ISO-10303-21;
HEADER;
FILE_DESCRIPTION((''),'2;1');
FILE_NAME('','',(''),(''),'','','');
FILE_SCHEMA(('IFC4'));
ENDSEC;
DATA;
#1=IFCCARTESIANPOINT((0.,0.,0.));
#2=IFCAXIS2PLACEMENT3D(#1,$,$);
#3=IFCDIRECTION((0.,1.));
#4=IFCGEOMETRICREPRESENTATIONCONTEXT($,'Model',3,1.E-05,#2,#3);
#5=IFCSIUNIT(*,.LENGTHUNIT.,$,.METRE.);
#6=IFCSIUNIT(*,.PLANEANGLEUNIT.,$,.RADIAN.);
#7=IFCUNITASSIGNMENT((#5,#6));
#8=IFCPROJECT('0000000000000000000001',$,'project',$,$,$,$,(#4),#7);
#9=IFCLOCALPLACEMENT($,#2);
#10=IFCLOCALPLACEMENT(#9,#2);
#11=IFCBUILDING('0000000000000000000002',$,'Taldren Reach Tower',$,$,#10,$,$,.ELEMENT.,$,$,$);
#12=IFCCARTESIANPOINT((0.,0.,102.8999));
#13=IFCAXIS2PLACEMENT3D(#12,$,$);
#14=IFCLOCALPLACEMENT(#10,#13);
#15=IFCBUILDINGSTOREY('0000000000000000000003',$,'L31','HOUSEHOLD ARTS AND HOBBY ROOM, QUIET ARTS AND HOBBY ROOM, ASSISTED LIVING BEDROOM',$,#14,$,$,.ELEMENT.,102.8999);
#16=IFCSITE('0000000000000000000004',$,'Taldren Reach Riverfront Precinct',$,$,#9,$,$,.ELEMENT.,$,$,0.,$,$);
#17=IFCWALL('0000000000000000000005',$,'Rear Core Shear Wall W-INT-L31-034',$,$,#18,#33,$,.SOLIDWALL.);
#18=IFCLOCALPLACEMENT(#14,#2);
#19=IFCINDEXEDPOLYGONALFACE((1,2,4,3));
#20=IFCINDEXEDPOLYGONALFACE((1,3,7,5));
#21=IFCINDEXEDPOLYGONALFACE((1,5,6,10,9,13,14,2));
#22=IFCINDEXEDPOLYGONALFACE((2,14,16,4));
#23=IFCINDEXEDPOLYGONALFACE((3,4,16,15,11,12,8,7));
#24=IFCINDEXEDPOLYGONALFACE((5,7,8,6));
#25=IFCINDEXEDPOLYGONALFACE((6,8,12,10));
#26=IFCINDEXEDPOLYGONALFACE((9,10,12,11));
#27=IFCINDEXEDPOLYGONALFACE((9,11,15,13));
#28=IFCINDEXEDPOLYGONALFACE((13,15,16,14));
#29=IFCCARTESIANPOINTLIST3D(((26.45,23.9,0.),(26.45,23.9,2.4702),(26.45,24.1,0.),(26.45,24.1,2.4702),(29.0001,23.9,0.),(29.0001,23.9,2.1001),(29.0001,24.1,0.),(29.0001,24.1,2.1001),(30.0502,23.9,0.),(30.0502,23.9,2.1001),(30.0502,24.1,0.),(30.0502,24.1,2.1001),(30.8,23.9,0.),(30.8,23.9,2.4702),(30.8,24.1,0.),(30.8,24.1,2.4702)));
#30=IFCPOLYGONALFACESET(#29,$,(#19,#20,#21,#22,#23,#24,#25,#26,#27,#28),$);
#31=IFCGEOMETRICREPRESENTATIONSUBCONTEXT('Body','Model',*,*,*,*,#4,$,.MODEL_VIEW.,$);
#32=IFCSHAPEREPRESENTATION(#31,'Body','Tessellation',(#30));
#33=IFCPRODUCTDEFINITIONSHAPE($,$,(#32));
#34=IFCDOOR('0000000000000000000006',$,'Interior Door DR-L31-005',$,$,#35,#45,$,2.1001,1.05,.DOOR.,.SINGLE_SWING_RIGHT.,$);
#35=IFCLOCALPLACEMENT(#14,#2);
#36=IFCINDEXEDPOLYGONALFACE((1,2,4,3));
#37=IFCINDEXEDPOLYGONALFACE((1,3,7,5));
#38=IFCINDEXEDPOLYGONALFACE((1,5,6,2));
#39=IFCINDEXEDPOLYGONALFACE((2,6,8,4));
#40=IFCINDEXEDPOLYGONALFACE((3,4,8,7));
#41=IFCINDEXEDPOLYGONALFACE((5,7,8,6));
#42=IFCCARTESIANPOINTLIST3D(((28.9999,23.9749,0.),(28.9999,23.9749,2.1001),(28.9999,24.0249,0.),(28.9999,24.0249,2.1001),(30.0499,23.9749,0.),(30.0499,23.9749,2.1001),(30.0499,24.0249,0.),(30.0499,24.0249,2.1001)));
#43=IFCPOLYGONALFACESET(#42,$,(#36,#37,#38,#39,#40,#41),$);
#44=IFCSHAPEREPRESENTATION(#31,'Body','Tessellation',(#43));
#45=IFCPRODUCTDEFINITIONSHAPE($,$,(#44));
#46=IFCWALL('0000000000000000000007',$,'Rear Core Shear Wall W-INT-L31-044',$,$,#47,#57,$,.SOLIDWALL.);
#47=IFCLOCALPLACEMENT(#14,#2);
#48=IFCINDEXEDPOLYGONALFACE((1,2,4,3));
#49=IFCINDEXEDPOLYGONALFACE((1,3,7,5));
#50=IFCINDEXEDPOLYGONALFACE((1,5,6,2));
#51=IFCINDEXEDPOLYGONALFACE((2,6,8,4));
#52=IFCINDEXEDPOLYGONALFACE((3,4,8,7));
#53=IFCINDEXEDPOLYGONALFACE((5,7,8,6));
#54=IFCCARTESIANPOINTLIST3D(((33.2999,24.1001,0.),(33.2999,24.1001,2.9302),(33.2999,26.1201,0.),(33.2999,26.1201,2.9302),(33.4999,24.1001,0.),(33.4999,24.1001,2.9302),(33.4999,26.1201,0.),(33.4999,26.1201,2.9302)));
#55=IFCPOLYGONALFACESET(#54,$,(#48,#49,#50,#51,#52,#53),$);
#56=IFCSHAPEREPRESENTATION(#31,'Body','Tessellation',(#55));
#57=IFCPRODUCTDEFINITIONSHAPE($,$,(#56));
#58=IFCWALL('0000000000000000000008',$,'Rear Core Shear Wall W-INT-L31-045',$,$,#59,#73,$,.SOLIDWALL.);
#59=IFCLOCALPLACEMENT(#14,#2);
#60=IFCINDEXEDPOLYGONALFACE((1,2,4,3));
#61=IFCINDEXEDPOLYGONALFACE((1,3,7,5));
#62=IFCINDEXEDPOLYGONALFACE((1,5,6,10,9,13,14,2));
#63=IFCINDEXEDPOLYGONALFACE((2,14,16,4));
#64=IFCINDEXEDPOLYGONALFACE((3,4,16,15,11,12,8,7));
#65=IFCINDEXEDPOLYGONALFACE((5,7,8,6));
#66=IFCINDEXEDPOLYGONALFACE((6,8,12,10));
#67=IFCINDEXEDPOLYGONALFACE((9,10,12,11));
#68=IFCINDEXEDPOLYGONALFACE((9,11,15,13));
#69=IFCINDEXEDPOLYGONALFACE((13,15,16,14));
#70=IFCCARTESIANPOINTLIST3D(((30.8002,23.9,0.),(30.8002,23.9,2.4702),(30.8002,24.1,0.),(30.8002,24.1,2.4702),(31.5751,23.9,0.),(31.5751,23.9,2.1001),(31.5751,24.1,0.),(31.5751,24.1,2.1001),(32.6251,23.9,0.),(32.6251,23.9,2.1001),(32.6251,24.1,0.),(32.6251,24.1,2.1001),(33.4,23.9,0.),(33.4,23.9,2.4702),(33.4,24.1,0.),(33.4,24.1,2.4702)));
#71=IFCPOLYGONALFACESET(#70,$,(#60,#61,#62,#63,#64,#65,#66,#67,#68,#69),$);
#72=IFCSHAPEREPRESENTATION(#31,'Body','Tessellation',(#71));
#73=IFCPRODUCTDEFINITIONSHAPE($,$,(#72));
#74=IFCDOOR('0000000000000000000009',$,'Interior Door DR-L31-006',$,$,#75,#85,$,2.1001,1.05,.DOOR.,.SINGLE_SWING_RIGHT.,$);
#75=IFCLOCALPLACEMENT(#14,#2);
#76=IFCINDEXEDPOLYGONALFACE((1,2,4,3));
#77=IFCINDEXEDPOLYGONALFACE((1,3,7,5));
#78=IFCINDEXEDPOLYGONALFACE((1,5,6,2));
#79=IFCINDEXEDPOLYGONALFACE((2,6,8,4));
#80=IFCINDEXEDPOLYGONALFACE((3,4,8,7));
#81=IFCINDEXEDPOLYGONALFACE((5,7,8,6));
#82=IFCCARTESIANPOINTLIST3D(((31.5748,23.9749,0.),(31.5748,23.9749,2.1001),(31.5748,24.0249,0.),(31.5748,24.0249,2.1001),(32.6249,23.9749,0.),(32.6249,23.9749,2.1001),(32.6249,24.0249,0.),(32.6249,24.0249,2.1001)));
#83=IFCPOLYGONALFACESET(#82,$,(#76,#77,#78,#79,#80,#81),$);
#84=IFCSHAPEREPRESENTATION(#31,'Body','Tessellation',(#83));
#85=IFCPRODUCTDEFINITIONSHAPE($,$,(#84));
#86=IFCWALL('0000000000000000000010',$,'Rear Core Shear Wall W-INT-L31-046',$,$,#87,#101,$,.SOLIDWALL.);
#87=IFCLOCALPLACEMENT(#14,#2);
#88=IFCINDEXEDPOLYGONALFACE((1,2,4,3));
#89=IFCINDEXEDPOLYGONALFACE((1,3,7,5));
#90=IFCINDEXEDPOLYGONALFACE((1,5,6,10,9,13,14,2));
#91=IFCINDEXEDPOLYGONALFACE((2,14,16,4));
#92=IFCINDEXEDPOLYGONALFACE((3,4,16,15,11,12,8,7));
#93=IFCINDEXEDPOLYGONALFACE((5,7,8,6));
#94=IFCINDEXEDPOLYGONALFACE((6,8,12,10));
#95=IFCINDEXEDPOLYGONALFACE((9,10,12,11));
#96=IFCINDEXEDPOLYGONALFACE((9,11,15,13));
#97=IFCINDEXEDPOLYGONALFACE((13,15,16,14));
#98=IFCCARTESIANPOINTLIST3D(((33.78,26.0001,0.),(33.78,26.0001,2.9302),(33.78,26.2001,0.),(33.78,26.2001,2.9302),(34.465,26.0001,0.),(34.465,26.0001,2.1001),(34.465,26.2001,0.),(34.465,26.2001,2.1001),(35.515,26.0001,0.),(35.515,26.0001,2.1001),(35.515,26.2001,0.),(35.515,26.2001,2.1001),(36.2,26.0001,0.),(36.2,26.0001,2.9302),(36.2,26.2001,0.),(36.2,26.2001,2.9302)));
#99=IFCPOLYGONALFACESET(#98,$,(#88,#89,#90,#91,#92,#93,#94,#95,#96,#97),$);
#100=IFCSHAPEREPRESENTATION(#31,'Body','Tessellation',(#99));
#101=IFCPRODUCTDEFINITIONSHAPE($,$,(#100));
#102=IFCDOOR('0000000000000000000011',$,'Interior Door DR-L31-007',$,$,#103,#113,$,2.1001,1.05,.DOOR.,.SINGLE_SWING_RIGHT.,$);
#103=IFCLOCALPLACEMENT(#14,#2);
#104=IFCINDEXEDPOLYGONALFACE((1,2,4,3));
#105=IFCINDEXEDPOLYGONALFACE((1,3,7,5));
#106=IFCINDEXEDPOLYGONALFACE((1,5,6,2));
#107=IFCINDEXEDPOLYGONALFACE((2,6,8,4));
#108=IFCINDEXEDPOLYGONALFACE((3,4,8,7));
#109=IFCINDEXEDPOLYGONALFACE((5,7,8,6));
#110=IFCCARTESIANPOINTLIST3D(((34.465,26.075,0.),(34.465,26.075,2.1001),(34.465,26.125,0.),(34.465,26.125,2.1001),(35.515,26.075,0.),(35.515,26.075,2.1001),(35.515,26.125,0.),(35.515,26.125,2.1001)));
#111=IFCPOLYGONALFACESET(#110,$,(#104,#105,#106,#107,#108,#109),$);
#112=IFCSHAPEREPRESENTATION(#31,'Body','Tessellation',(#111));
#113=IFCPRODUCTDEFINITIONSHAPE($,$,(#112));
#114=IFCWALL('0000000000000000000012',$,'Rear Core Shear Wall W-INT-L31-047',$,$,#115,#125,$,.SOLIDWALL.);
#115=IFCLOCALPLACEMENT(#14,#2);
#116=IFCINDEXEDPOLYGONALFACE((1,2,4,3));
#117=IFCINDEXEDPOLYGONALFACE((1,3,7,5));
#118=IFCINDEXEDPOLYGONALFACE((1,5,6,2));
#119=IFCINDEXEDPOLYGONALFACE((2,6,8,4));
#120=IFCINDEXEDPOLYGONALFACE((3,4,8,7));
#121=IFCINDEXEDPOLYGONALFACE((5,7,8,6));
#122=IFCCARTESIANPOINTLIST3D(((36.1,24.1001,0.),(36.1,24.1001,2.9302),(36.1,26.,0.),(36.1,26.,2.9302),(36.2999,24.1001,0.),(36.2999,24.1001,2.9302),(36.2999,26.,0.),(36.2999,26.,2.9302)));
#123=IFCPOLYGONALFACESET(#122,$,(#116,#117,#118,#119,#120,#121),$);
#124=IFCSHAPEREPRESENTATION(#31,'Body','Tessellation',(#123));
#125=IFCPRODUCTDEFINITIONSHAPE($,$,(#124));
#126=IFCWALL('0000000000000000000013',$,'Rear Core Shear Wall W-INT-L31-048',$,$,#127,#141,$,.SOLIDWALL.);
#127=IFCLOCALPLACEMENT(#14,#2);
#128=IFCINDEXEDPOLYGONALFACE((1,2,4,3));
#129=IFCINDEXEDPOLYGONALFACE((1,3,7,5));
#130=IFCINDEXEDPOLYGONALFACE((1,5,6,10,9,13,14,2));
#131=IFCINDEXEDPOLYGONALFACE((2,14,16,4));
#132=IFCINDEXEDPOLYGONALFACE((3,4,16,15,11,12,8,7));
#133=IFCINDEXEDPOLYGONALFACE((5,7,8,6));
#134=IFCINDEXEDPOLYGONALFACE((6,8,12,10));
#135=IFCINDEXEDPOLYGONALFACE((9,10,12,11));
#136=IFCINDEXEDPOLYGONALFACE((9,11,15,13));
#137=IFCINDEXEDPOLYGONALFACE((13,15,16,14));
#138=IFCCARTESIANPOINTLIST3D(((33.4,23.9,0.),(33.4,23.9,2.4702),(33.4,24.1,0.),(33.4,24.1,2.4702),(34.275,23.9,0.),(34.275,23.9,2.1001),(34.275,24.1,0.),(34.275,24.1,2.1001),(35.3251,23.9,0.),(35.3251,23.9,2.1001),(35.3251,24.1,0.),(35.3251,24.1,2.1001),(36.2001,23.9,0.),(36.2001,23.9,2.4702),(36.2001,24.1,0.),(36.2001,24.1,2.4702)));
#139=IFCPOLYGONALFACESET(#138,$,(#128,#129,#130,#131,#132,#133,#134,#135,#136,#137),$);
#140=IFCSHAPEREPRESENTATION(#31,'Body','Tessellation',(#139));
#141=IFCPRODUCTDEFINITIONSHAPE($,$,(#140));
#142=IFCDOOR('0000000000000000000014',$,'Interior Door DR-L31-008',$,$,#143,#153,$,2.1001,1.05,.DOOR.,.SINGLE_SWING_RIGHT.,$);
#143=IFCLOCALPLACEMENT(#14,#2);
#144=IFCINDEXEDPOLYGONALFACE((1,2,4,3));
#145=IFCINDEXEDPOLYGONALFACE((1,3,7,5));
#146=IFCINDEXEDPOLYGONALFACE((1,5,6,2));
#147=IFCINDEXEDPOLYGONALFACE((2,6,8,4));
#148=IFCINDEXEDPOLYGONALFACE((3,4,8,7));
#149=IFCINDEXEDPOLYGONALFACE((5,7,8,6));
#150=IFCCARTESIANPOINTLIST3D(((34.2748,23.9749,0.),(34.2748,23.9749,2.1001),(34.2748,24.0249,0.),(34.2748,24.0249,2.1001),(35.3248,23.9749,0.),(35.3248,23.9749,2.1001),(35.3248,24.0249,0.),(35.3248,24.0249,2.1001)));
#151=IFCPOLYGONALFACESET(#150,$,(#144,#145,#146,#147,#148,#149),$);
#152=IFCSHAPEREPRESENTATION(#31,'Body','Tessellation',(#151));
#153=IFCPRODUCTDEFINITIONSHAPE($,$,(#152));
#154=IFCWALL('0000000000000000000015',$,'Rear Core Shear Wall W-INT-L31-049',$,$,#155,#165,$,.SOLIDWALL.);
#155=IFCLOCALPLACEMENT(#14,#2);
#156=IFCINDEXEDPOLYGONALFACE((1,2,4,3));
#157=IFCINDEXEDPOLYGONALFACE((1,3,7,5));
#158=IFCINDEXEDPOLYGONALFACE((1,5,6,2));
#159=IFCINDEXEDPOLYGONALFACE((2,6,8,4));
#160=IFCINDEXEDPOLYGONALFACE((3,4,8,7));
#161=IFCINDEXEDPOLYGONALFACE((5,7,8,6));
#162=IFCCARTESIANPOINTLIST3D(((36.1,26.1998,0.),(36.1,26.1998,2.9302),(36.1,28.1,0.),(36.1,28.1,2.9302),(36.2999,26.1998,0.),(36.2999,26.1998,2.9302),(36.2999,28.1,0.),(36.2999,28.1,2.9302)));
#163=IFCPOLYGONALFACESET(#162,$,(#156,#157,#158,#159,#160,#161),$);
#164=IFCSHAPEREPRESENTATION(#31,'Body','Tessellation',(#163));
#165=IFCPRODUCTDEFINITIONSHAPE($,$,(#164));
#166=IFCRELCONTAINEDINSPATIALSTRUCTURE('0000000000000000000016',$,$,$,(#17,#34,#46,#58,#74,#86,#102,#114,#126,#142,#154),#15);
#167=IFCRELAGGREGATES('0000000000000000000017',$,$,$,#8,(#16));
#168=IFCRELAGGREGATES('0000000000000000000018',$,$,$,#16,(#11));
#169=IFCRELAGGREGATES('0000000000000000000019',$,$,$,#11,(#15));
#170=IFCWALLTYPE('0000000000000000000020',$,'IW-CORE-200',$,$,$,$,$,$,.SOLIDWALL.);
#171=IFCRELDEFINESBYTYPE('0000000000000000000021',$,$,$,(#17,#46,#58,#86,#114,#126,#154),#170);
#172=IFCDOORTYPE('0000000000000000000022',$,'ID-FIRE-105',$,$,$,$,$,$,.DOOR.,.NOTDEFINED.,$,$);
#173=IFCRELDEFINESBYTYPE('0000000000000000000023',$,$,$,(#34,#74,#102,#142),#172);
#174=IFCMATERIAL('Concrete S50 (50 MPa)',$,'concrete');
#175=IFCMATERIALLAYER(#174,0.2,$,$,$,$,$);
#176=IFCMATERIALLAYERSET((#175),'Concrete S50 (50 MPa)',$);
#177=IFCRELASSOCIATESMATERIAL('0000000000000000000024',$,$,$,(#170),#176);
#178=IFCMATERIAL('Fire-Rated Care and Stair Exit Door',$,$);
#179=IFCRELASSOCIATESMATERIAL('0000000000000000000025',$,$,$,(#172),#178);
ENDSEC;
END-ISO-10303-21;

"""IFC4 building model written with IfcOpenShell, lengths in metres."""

from ifc_helpers import new_model, si_unit, direction, frame, frame_2d, origin, place, context, subcontext, project, spatial, rectangle, extrude, source, transform, mapped, material, layer, layer_set, type_object, element, fill, save


model = new_model("IFC4")

# Units and contexts
model_context = context("Model", 3, precision=1e-05, world=origin(), true_north=direction((0.0, 1.0)))
body_context = subcontext(model_context, "Body", "Model", "MODEL_VIEW")
ifc_project = project(units=[si_unit("LENGTHUNIT", "METRE"), si_unit("PLANEANGLEUNIT", "RADIAN")], contexts=[model_context])

# Site, building, storey
site_placement = place(None, origin())
site = spatial("IfcSite", under=ifc_project, at=site_placement, Name="Taldren Reach Riverfront Precinct", CompositionType="ELEMENT", RefElevation=0.0)
building_placement = place(site_placement, origin())
building = spatial("IfcBuilding", under=site, at=building_placement, Name="Taldren Reach Tower", CompositionType="ELEMENT")
storey_placement = place(building_placement, frame((0.0, 0.0, 102.8999)))
storey = spatial("IfcBuildingStorey", under=building, at=storey_placement, Name="L31", Description="HOUSEHOLD ARTS AND HOBBY ROOM, QUIET ARTS AND HOBBY ROOM, ASSISTED LIVING BEDROOM", CompositionType="ELEMENT", Elevation=102.8999)

# Wall, opening, door
ifc_material_1 = material(Name="Concrete S50 (50 MPa)", Category="concrete")
ifc_layer_1 = layer(ifc_material_1, 0.2)
ifc_layer_set_1 = layer_set([ifc_layer_1], Name="Concrete S50 (50 MPa)")
wall_type_1 = type_object("IfcWallType", Name="IW-CORE-200", PredefinedType="SOLIDWALL", material=ifc_layer_set_1)
shared_shape_1 = source(origin(), body_context, "Body", "SweptSolid", [
    extrude(rectangle(XDim=4.3501, YDim=0.2, at=frame_2d((2.175, 0.0))), origin(), (0.0, 0.0, 1.0), 2.4702),
])
wall_1_placement = place(storey_placement, frame((30.8, 24.0, 0.0), z_axis=(0.0, 0.0, 1.0), x_axis=(-1.0, 0.0, 0.0)))
wall_1 = element("IfcWall", 1, at=wall_1_placement, inside=storey, type_object=wall_type_1, Name="Rear Core Shear Wall W-INT-L31-034", PredefinedType="SOLIDWALL", context=body_context, shape_type="MappedRepresentation", body=[
    mapped(shared_shape_1, transform((0.0, 0.0, 0.0), scale=1.0)),
])
shared_shape_2 = source(origin(), body_context, "Body", "SweptSolid", [
    extrude(rectangle(XDim=1.05, YDim=2.1001, at=frame_2d((0.5249, 1.05))), frame((0.0, 0.1099, 0.0), z_axis=(0.0, -1.0, 0.0), x_axis=(1.0, 0.0, 0.0)), (0.0, 0.0, 1.0), 0.22),
])
opening_1_placement = place(wall_1_placement, frame((0.75, 0.0, 0.0)))
opening_1 = element("IfcOpeningElement", 2, at=opening_1_placement, cuts=wall_1, PredefinedType="OPENING", context=body_context, shape_type="MappedRepresentation", body=[
    mapped(shared_shape_2, transform((0.0, 0.0, 0.0), scale=1.0)),
])
ifc_material_2 = material(Name="Fire-Rated Care and Stair Exit Door")
door_type = type_object("IfcDoorType", Name="ID-FIRE-105", OperationType="NOTDEFINED", PredefinedType="DOOR", material=ifc_material_2)
shared_shape_3 = source(origin(), body_context, "Body", "SweptSolid", [
    extrude(rectangle(XDim=1.05, YDim=2.1001, at=frame_2d((0.5249, 1.05))), frame((0.0, 0.0249, 0.0), z_axis=(0.0, -1.0, 0.0), x_axis=(1.0, 0.0, 0.0)), (0.0, 0.0, 1.0), 0.05),
])
door_1_placement = place(opening_1_placement, frame((1.05, 0.0, 0.0), z_axis=(0.0, 0.0, 1.0), x_axis=(-1.0, 0.0, 0.0)))
door_1 = element("IfcDoor", 3, at=door_1_placement, inside=storey, type_object=door_type, Name="Interior Door DR-L31-005", OperationType="SINGLE_SWING_RIGHT", OverallHeight=2.1001, OverallWidth=1.05, PredefinedType="DOOR", context=body_context, shape_type="MappedRepresentation", body=[
    mapped(shared_shape_3, transform((0.0, 0.0, 0.0), scale=1.0)),
])
fill(opening_1, door_1)

# Wall
shared_shape_4 = source(origin(), body_context, "Body", "SweptSolid", [
    extrude(rectangle(XDim=2.02, YDim=0.2, at=frame_2d((1.01, 0.0))), origin(), (0.0, 0.0, 1.0), 2.9302),
])
wall_2_placement = place(storey_placement, frame((33.3999, 26.1201, 0.0), z_axis=(0.0, 0.0, 1.0), x_axis=(0.0, -1.0, 0.0)))
element("IfcWall", 4, at=wall_2_placement, inside=storey, type_object=wall_type_1, Name="Rear Core Shear Wall W-INT-L31-044", PredefinedType="SOLIDWALL", context=body_context, shape_type="MappedRepresentation", body=[
    mapped(shared_shape_4, transform((0.0, 0.0, 0.0), scale=1.0)),
])

# Walls, openings, doors
shared_shape_5 = source(origin(), body_context, "Body", "SweptSolid", [
    extrude(rectangle(XDim=2.5999, YDim=0.2, at=frame_2d((1.2998, 0.0))), origin(), (0.0, 0.0, 1.0), 2.4702),
])
wall_3_placement = place(storey_placement, frame((33.3999, 24.0, 0.0), z_axis=(0.0, 0.0, 1.0), x_axis=(-1.0, 0.0, 0.0)))
wall_3 = element("IfcWall", 5, at=wall_3_placement, inside=storey, type_object=wall_type_1, Name="Rear Core Shear Wall W-INT-L31-045", PredefinedType="SOLIDWALL", context=body_context, shape_type="MappedRepresentation", body=[
    mapped(shared_shape_5, transform((0.0, 0.0, 0.0), scale=1.0)),
])
opening_2_placement = place(wall_3_placement, frame((0.7749, 0.0, 0.0)))
opening_2 = element("IfcOpeningElement", 6, at=opening_2_placement, cuts=wall_3, PredefinedType="OPENING", context=body_context, shape_type="MappedRepresentation", body=[
    mapped(shared_shape_2, transform((0.0, 0.0, 0.0), scale=1.0)),
])
door_2_placement = place(opening_2_placement, frame((1.05, 0.0, 0.0), z_axis=(0.0, 0.0, 1.0), x_axis=(-1.0, 0.0, 0.0)))
door_2 = element("IfcDoor", 7, at=door_2_placement, inside=storey, type_object=door_type, Name="Interior Door DR-L31-006", OperationType="SINGLE_SWING_RIGHT", OverallHeight=2.1001, OverallWidth=1.05, PredefinedType="DOOR", context=body_context, shape_type="MappedRepresentation", body=[
    mapped(shared_shape_3, transform((0.0, 0.0, 0.0), scale=1.0)),
])
fill(opening_2, door_2)
shared_shape_6 = source(origin(), body_context, "Body", "SweptSolid", [
    extrude(rectangle(XDim=2.4199, YDim=0.2, at=frame_2d((1.21, 0.0))), origin(), (0.0, 0.0, 1.0), 2.9302),
])
wall_4_placement = place(storey_placement, frame((33.78, 26.1001, 0.0), z_axis=(0.0, 0.0, 1.0), x_axis=(1.0, 0.0, 0.0)))
wall_4 = element("IfcWall", 8, at=wall_4_placement, inside=storey, type_object=wall_type_1, Name="Rear Core Shear Wall W-INT-L31-046", PredefinedType="SOLIDWALL", context=body_context, shape_type="MappedRepresentation", body=[
    mapped(shared_shape_6, transform((0.0, 0.0, 0.0), scale=1.0)),
])
opening_3_placement = place(wall_4_placement, frame((0.6851, 0.0, 0.0)))
opening_3 = element("IfcOpeningElement", 9, at=opening_3_placement, cuts=wall_4, PredefinedType="OPENING", context=body_context, shape_type="MappedRepresentation", body=[
    mapped(shared_shape_2, transform((0.0, 0.0, 0.0), scale=1.0)),
])
door_3_placement = place(opening_3_placement, origin())
door_3 = element("IfcDoor", 10, at=door_3_placement, inside=storey, type_object=door_type, Name="Interior Door DR-L31-007", OperationType="SINGLE_SWING_RIGHT", OverallHeight=2.1001, OverallWidth=1.05, PredefinedType="DOOR", context=body_context, shape_type="MappedRepresentation", body=[
    mapped(shared_shape_3, transform((0.0, 0.0, 0.0), scale=1.0)),
])
fill(opening_3, door_3)

# Wall
shared_shape_7 = source(origin(), body_context, "Body", "SweptSolid", [
    extrude(rectangle(XDim=1.8999, YDim=0.2, at=frame_2d((0.95, 0.0))), origin(), (0.0, 0.0, 1.0), 2.9302),
])
wall_5_placement = place(storey_placement, frame((36.2, 26.0, 0.0), z_axis=(0.0, 0.0, 1.0), x_axis=(0.0, -1.0, 0.0)))
element("IfcWall", 11, at=wall_5_placement, inside=storey, type_object=wall_type_1, Name="Rear Core Shear Wall W-INT-L31-047", PredefinedType="SOLIDWALL", context=body_context, shape_type="MappedRepresentation", body=[
    mapped(shared_shape_7, transform((0.0, 0.0, 0.0), scale=1.0)),
])

# Wall, opening, door
shared_shape_8 = source(origin(), body_context, "Body", "SweptSolid", [
    extrude(rectangle(XDim=2.8, YDim=0.2, at=frame_2d((1.3999, 0.0))), origin(), (0.0, 0.0, 1.0), 2.4702),
])
wall_6_placement = place(storey_placement, frame((36.2, 24.0, 0.0), z_axis=(0.0, 0.0, 1.0), x_axis=(-1.0, 0.0, 0.0)))
wall_6 = element("IfcWall", 12, at=wall_6_placement, inside=storey, type_object=wall_type_1, Name="Rear Core Shear Wall W-INT-L31-048", PredefinedType="SOLIDWALL", context=body_context, shape_type="MappedRepresentation", body=[
    mapped(shared_shape_8, transform((0.0, 0.0, 0.0), scale=1.0)),
])
opening_4_placement = place(wall_6_placement, frame((0.875, 0.0, 0.0)))
opening_4 = element("IfcOpeningElement", 13, at=opening_4_placement, cuts=wall_6, PredefinedType="OPENING", context=body_context, shape_type="MappedRepresentation", body=[
    mapped(shared_shape_2, transform((0.0, 0.0, 0.0), scale=1.0)),
])
door_4_placement = place(opening_4_placement, frame((1.05, 0.0, 0.0), z_axis=(0.0, 0.0, 1.0), x_axis=(-1.0, 0.0, 0.0)))
door_4 = element("IfcDoor", 14, at=door_4_placement, inside=storey, type_object=door_type, Name="Interior Door DR-L31-008", OperationType="SINGLE_SWING_RIGHT", OverallHeight=2.1001, OverallWidth=1.05, PredefinedType="DOOR", context=body_context, shape_type="MappedRepresentation", body=[
    mapped(shared_shape_3, transform((0.0, 0.0, 0.0), scale=1.0)),
])
fill(opening_4, door_4)

# Wall
shared_shape_9 = source(origin(), body_context, "Body", "SweptSolid", [
    extrude(rectangle(XDim=1.9001, YDim=0.2, at=frame_2d((0.9502, 0.0))), origin(), (0.0, 0.0, 1.0), 2.9302),
])
wall_7_placement = place(storey_placement, frame((36.2, 28.1001, 0.0), z_axis=(0.0, 0.0, 1.0), x_axis=(0.0, -1.0, 0.0)))
element("IfcWall", 15, at=wall_7_placement, inside=storey, type_object=wall_type_1, Name="Rear Core Shear Wall W-INT-L31-049", PredefinedType="SOLIDWALL", context=body_context, shape_type="MappedRepresentation", body=[
    mapped(shared_shape_9, transform((0.0, 0.0, 0.0), scale=1.0)),
])

save(model, "model.ifc")
